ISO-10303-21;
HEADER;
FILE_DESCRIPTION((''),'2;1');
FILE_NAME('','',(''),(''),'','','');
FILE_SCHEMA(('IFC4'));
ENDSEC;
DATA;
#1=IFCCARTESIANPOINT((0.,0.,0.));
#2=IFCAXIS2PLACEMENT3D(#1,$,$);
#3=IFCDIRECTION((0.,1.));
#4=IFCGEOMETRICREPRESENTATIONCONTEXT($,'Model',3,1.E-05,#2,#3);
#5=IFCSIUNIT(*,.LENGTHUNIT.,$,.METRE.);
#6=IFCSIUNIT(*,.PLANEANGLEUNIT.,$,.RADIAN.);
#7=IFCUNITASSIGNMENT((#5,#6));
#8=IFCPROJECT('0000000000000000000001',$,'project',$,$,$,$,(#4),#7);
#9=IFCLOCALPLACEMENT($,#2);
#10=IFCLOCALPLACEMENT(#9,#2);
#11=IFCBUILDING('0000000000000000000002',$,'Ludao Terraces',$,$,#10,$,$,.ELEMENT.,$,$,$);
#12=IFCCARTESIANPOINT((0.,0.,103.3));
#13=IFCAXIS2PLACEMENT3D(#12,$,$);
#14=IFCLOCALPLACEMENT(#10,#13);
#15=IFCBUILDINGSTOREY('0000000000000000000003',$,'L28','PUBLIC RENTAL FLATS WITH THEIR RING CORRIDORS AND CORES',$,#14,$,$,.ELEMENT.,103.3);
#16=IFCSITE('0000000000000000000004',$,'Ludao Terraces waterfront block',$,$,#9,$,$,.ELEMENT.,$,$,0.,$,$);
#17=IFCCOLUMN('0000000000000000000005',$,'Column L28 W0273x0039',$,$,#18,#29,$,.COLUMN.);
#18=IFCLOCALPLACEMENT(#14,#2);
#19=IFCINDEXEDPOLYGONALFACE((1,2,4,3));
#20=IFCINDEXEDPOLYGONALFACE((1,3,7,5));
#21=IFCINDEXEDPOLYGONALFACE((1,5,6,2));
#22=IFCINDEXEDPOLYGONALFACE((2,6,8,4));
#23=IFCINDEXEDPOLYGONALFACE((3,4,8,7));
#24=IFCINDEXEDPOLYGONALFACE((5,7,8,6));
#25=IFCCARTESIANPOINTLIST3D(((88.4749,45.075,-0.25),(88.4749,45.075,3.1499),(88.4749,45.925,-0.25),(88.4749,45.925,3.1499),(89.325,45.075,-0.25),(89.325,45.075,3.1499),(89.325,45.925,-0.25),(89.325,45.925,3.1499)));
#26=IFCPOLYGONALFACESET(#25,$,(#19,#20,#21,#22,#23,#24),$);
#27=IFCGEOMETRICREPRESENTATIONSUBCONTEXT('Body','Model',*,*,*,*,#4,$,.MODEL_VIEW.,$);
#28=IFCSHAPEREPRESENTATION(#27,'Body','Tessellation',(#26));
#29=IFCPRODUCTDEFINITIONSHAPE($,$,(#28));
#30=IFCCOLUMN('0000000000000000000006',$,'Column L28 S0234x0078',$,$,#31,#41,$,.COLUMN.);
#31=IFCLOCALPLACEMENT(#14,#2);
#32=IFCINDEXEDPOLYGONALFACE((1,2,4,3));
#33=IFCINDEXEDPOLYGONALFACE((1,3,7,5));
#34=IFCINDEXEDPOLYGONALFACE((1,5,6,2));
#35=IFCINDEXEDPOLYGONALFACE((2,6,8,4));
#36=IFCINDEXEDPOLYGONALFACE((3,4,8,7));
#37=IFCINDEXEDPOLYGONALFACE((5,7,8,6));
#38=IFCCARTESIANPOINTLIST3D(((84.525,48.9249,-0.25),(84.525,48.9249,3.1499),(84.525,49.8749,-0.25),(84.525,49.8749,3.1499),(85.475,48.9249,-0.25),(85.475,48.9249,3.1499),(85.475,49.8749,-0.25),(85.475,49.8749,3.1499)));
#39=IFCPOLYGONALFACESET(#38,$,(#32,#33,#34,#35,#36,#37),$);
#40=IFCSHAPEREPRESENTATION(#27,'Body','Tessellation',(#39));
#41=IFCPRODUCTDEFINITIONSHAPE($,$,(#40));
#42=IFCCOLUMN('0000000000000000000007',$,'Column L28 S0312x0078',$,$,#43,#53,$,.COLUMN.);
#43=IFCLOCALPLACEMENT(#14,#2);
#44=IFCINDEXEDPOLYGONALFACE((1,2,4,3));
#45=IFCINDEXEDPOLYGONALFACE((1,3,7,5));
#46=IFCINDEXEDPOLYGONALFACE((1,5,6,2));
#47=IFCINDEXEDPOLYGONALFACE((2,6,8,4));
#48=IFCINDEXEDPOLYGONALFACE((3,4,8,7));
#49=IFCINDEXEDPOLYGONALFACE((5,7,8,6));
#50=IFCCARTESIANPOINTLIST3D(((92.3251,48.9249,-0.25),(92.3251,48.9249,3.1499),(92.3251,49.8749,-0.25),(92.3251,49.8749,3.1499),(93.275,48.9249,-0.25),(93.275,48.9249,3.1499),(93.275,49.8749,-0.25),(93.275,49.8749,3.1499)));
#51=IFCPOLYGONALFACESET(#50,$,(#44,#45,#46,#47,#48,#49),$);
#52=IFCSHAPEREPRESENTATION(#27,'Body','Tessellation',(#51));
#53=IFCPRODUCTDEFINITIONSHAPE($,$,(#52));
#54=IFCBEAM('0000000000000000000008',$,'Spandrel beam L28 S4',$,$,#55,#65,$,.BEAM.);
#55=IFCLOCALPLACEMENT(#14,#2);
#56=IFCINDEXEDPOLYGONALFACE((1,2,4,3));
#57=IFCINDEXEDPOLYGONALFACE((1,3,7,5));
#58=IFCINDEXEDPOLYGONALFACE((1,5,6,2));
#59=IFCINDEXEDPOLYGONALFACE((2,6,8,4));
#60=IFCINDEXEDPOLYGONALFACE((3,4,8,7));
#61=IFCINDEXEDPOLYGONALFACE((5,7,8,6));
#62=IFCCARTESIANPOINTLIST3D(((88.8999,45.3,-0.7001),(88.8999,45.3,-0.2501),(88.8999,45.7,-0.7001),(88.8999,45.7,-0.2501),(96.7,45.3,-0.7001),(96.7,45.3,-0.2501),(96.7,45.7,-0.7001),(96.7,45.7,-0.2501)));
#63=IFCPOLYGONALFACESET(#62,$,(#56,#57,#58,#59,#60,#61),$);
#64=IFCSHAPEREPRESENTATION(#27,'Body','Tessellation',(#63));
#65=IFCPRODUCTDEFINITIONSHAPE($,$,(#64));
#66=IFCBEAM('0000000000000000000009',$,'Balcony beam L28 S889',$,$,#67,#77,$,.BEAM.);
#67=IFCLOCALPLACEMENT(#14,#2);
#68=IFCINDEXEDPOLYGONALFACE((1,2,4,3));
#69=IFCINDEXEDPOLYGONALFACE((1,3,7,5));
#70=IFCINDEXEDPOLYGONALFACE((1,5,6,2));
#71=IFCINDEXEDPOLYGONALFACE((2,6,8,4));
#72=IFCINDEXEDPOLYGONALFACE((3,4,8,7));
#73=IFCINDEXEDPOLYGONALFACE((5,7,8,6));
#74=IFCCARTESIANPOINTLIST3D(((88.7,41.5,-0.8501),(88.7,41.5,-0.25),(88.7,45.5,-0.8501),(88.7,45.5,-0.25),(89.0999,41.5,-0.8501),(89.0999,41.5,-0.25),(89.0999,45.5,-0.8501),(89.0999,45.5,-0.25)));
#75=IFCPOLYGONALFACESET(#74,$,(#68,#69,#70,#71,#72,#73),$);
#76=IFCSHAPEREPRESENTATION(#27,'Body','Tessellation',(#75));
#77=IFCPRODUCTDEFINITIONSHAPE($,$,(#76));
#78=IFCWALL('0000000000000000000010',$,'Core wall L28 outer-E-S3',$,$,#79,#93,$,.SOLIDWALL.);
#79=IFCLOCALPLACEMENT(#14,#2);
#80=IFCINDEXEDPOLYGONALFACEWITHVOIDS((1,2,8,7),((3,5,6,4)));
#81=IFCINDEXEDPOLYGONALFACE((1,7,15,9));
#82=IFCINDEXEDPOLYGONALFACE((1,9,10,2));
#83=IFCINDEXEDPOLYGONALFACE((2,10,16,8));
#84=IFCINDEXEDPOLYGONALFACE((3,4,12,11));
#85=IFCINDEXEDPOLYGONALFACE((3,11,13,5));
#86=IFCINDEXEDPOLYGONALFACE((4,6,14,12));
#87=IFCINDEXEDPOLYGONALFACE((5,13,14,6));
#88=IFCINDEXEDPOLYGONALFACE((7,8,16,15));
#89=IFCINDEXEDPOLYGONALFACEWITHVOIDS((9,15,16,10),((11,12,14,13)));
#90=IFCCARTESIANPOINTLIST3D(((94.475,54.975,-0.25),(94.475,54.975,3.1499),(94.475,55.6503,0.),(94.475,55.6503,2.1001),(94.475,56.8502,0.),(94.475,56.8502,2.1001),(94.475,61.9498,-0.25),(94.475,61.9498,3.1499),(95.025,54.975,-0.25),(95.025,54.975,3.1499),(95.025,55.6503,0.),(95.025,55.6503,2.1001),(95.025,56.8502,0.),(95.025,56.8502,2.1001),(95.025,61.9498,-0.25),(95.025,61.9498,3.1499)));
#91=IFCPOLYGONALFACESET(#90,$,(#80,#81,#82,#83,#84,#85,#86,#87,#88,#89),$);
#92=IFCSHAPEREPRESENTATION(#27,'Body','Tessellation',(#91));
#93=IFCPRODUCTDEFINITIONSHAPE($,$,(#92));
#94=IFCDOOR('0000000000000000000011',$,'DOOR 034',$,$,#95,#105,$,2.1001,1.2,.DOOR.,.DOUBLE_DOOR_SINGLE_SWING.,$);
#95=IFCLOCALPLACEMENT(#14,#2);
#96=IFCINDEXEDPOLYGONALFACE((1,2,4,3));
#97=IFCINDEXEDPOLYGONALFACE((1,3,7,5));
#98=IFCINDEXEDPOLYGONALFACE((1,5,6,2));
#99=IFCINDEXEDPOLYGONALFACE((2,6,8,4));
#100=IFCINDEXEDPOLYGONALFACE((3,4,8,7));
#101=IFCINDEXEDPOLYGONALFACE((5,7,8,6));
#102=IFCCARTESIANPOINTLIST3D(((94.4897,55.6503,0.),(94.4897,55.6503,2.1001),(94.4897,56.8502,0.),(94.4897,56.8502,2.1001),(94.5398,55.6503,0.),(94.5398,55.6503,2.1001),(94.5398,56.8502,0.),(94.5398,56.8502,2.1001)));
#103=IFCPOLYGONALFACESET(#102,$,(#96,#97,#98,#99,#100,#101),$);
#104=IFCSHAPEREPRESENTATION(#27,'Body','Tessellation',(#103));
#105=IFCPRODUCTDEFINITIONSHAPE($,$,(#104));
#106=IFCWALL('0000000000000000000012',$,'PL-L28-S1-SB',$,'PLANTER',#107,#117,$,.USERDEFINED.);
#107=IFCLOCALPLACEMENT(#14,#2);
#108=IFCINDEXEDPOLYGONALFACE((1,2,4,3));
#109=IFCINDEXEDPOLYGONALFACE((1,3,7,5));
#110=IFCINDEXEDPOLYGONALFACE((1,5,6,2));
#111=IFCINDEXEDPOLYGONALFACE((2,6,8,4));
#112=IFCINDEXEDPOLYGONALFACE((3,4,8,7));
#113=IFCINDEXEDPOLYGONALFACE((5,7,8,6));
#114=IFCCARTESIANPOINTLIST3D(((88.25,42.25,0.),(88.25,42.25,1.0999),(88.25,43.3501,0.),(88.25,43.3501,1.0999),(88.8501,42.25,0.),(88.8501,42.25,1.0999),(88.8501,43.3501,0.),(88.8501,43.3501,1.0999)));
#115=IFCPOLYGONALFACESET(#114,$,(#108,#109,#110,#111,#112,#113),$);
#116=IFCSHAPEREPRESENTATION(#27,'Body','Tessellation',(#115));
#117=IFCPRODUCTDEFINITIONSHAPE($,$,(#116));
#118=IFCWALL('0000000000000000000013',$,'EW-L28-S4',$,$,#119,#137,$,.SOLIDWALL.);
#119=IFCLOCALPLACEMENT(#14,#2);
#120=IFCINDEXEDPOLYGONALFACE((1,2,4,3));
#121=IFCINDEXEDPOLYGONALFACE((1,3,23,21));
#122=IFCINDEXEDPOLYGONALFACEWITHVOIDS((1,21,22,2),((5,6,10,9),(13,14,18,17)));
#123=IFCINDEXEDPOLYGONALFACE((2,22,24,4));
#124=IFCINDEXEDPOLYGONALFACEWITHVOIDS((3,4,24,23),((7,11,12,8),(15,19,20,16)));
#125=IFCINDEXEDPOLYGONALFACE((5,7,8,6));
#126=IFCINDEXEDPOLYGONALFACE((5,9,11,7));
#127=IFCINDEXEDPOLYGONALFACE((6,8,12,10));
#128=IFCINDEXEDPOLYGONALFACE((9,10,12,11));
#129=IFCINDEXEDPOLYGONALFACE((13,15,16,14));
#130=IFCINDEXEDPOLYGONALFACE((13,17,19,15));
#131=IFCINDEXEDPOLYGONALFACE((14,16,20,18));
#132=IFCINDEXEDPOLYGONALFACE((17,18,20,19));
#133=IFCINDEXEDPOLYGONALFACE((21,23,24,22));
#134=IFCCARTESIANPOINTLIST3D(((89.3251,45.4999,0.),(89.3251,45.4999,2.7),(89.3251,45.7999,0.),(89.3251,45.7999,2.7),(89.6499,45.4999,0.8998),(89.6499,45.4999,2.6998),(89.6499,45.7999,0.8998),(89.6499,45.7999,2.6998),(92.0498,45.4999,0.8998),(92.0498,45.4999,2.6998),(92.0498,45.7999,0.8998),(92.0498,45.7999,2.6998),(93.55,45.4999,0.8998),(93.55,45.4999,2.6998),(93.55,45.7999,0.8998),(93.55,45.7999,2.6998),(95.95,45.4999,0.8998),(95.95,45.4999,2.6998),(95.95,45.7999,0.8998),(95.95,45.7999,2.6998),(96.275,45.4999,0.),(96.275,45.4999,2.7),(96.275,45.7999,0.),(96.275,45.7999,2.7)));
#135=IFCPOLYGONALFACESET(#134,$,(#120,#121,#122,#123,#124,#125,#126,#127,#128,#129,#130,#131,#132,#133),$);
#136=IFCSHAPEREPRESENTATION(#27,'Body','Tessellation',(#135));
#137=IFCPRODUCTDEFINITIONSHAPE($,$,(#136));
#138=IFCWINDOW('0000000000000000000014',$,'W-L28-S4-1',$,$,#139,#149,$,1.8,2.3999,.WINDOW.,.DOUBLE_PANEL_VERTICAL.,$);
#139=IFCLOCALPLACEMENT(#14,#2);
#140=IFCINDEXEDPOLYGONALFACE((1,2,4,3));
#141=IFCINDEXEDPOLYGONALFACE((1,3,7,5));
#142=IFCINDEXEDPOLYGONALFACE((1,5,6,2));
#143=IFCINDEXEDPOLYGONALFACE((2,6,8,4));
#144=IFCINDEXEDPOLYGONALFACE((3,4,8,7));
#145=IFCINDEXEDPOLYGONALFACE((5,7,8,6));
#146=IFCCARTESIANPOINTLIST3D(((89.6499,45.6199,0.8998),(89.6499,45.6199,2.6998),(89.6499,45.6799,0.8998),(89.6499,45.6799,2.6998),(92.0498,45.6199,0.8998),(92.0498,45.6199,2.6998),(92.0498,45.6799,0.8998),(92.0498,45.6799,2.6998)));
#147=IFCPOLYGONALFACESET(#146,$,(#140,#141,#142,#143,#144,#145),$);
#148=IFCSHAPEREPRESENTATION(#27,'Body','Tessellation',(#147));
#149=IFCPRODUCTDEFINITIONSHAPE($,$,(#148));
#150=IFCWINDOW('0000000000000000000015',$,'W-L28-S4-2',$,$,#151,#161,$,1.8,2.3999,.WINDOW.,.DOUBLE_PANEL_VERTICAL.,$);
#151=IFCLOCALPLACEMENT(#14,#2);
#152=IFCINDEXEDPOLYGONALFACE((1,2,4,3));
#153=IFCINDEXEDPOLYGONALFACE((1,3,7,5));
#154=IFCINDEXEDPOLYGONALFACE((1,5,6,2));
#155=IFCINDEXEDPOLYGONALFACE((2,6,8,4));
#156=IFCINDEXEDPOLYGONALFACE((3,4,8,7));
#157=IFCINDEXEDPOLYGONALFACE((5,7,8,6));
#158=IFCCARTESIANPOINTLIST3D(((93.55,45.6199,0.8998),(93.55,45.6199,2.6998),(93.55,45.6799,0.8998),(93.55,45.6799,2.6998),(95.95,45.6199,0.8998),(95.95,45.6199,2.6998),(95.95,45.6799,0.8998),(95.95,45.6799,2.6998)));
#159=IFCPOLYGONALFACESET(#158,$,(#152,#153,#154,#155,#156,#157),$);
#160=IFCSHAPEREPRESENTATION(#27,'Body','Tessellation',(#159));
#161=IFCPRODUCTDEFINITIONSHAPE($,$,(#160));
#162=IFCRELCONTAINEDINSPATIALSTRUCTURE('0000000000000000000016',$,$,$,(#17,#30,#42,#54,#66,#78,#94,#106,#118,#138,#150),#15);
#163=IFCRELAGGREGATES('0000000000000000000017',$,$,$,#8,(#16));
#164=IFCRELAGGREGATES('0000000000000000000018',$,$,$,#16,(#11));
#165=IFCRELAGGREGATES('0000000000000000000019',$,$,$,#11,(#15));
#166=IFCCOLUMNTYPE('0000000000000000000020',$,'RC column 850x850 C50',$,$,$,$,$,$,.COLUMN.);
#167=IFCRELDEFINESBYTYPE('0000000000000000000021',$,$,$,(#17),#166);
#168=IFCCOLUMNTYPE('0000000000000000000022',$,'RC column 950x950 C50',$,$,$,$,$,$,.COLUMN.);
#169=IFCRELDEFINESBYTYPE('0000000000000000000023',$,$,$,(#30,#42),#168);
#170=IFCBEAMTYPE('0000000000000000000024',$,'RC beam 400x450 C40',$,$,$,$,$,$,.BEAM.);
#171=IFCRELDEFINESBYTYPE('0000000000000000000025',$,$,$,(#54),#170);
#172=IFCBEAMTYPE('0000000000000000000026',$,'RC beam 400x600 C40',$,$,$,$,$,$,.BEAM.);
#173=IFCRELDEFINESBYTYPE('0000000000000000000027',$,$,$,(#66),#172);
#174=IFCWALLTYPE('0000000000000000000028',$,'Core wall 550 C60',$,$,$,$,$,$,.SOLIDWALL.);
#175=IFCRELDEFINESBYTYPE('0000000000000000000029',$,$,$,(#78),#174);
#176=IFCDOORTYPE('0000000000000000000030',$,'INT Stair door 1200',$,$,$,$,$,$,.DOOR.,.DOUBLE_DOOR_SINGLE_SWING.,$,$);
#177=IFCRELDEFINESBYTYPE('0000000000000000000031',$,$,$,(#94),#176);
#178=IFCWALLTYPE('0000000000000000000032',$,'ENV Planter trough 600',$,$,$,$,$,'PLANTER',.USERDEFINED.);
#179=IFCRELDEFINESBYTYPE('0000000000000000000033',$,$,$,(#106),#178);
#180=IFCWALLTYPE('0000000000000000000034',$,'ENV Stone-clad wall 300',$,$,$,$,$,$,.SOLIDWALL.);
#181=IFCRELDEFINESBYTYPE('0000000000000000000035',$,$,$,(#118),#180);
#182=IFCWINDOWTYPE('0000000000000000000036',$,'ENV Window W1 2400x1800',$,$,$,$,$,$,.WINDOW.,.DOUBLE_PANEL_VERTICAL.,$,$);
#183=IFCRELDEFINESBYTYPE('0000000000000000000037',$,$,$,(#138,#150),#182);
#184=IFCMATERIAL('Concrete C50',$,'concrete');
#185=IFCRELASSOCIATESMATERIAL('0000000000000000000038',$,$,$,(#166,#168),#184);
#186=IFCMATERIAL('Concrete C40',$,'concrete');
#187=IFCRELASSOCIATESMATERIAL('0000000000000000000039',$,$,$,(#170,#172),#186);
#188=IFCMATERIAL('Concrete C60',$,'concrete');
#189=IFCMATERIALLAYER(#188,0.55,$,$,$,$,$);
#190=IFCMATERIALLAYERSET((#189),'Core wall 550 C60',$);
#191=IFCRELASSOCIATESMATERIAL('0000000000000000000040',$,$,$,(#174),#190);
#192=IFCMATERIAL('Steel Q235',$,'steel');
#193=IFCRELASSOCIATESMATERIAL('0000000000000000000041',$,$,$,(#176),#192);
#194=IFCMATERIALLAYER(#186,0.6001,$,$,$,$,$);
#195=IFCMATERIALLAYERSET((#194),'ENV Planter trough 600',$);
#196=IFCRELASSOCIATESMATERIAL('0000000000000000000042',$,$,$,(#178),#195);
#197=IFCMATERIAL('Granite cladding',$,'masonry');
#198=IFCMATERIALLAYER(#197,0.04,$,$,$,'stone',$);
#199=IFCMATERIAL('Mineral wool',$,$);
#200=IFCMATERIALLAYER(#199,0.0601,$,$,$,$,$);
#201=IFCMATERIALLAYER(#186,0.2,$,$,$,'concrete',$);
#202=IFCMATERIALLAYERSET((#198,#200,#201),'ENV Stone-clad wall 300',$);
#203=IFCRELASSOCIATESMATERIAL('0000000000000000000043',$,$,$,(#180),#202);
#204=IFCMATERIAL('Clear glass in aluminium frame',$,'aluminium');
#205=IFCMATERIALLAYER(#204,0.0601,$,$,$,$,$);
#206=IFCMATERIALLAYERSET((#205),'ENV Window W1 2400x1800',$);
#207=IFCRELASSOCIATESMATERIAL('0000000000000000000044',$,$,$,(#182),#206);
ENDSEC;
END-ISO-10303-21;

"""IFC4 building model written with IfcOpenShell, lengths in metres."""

from ifc_helpers import new_model, si_unit, direction, frame, frame_2d, origin, origin_2d, place, context, subcontext, project, spatial, rectangle, extrude, material, layer, layer_set, material_profile, profile_set, type_object, element, fill, save


model = new_model("IFC4")

# Units and contexts
model_context = context("Model", 3, precision=1e-05, world=origin(), true_north=direction((0.0, 1.0)))
body_context = subcontext(model_context, "Body", "Model", "MODEL_VIEW")
ifc_project = project(units=[si_unit("LENGTHUNIT", "METRE"), si_unit("PLANEANGLEUNIT", "RADIAN")], contexts=[model_context])

# Site, building, storey
site_placement = place(None, origin())
site = spatial("IfcSite", under=ifc_project, at=site_placement, Name="Ludao Terraces waterfront block", CompositionType="ELEMENT", RefElevation=0.0)
building_placement = place(site_placement, origin())
building = spatial("IfcBuilding", under=site, at=building_placement, Name="Ludao Terraces", CompositionType="ELEMENT")
storey_placement = place(building_placement, frame((0.0, 0.0, 103.3)))
storey = spatial("IfcBuildingStorey", under=building, at=storey_placement, Name="L28", Description="PUBLIC RENTAL FLATS WITH THEIR RING CORRIDORS AND CORES", CompositionType="ELEMENT", Elevation=103.3)

# Columns
ifc_material_1 = material(Name="Concrete C50", Category="concrete")
ifc_material_profile_1 = material_profile(ifc_material_1, rectangle(XDim=0.8501, YDim=0.8501, at=origin_2d()), Name="850 X 850")
ifc_profile_set_1 = profile_set([ifc_material_profile_1], Name="Concrete C50")
column_type_1 = type_object("IfcColumnType", Name="RC column 850x850 C50", PredefinedType="COLUMN", material=ifc_profile_set_1)
column_placement = place(storey_placement, frame((88.8999, 45.5, -0.25), z_axis=(0.0, 0.0, 1.0), x_axis=(1.0, 0.0, 0.0)))
element("IfcColumn", 1, at=column_placement, inside=storey, type_object=column_type_1, Name="Column L28 W0273x0039", PredefinedType="COLUMN", context=body_context, shape_type="SweptSolid", body=[
    extrude(rectangle(XDim=0.8501, YDim=0.8501, at=origin_2d()), origin(), (0.0, 0.0, 1.0), 3.3999),
])
ifc_material_profile_2 = material_profile(ifc_material_1, rectangle(XDim=0.95, YDim=0.95, at=origin_2d()), Name="950 X 950")
ifc_profile_set_2 = profile_set([ifc_material_profile_2], Name="Concrete C50")
column_type_2 = type_object("IfcColumnType", Name="RC column 950x950 C50", PredefinedType="COLUMN", material=ifc_profile_set_2)
for number, where, z_axis, x_axis, name in (
    (2, (85.0, 49.3999, -0.25), (0.0, 0.0, 1.0), (1.0, 0.0, 0.0), "Column L28 S0234x0078"),
    (3, (92.8, 49.3999, -0.25), (0.0, 0.0, 1.0), (1.0, 0.0, 0.0), "Column L28 S0312x0078"),
):
    element("IfcColumn", number, at=place(storey_placement, frame(where, z_axis=z_axis, x_axis=x_axis)), inside=storey, type_object=column_type_2, Name=name, PredefinedType="COLUMN", context=body_context, shape_type="SweptSolid", body=[
        extrude(rectangle(XDim=0.95, YDim=0.95, at=origin_2d()), origin(), (0.0, 0.0, 1.0), 3.3999),
    ])

# Beams
ifc_material_2 = material(Name="Concrete C40", Category="concrete")
ifc_material_profile_3 = material_profile(ifc_material_2, rectangle(XDim=0.3999, YDim=0.45, at=origin_2d()), Name="400 X 450")
ifc_profile_set_3 = profile_set([ifc_material_profile_3], Name="Concrete C40")
beam_type_1 = type_object("IfcBeamType", Name="RC beam 400x450 C40", PredefinedType="BEAM", material=ifc_profile_set_3)
beam_1_placement = place(storey_placement, frame((88.8999, 45.5, -0.4751), z_axis=(1.0, 0.0, 0.0), x_axis=(0.0, 1.0, 0.0)))
element("IfcBeam", 4, at=beam_1_placement, inside=storey, type_object=beam_type_1, Name="Spandrel beam L28 S4", PredefinedType="BEAM", context=body_context, shape_type="SweptSolid", body=[
    extrude(rectangle(XDim=0.3999, YDim=0.45, at=origin_2d()), origin(), (0.0, 0.0, 1.0), 7.8),
])
ifc_material_profile_4 = material_profile(ifc_material_2, rectangle(XDim=0.3999, YDim=0.6001, at=origin_2d()), Name="400 X 600")
ifc_profile_set_4 = profile_set([ifc_material_profile_4], Name="Concrete C40")
beam_type_2 = type_object("IfcBeamType", Name="RC beam 400x600 C40", PredefinedType="BEAM", material=ifc_profile_set_4)
beam_2_placement = place(storey_placement, frame((88.8999, 45.5, -0.55), z_axis=(0.0, -1.0, 0.0), x_axis=(1.0, 0.0, 0.0)))
element("IfcBeam", 5, at=beam_2_placement, inside=storey, type_object=beam_type_2, Name="Balcony beam L28 S889", PredefinedType="BEAM", context=body_context, shape_type="SweptSolid", body=[
    extrude(rectangle(XDim=0.3999, YDim=0.6001, at=origin_2d()), origin(), (0.0, 0.0, 1.0), 4.0),
])

# Wall, opening, door
ifc_material_3 = material(Name="Concrete C60", Category="concrete")
ifc_layer_1 = layer(ifc_material_3, 0.55)
ifc_layer_set_1 = layer_set([ifc_layer_1], Name="Core wall 550 C60")
wall_type_1 = type_object("IfcWallType", Name="Core wall 550 C60", PredefinedType="SOLIDWALL", material=ifc_layer_set_1)
wall_1_placement = place(storey_placement, frame((94.75, 54.9751, -0.25), z_axis=(0.0, 0.0, 1.0), x_axis=(0.0, 1.0, 0.0)))
wall_1 = element("IfcWall", 6, at=wall_1_placement, inside=storey, type_object=wall_type_1, Name="Core wall L28 outer-E-S3", PredefinedType="SOLIDWALL", context=body_context, shape_type="SweptSolid", body=[
    extrude(rectangle(XDim=6.9749, YDim=0.55, at=frame_2d((3.4873, 0.0))), origin(), (0.0, 0.0, 1.0), 3.3999),
])
opening_1_placement = place(wall_1_placement, frame((0.675, 0.0, 0.25)))
opening_1 = element("IfcOpeningElement", 7, at=opening_1_placement, cuts=wall_1, PredefinedType="OPENING", context=body_context, shape_type="SweptSolid", body=[
    extrude(rectangle(XDim=1.2, YDim=2.1001, at=frame_2d((0.6001, 1.05))), frame((0.0, 0.2852, 0.0), z_axis=(0.0, -1.0, 0.0), x_axis=(1.0, 0.0, 0.0)), (0.0, 0.0, 1.0), 0.5701),
])
ifc_material_4 = material(Name="Steel Q235", Category="steel")
door_type_1 = type_object("IfcDoorType", Name="INT Stair door 1200", OperationType="DOUBLE_DOOR_SINGLE_SWING", PredefinedType="DOOR", material=ifc_material_4)
door_1_placement = place(opening_1_placement, origin())
door_1 = element("IfcDoor", 8, at=door_1_placement, inside=storey, type_object=door_type_1, Name="DOOR 034", OperationType="DOUBLE_DOOR_SINGLE_SWING", OverallHeight=2.1001, OverallWidth=1.2, PredefinedType="DOOR", context=body_context, shape_type="SweptSolid", body=[
    extrude(rectangle(XDim=1.2, YDim=2.1001, at=frame_2d((0.6001, 1.05))), frame((0.0, 0.2603, 0.0), z_axis=(0.0, -1.0, 0.0), x_axis=(1.0, 0.0, 0.0)), (0.0, 0.0, 1.0), 0.05),
])
fill(opening_1, door_1)

# Wall
ifc_layer_2 = layer(ifc_material_2, 0.6001)
ifc_layer_set_2 = layer_set([ifc_layer_2], Name="ENV Planter trough 600")
wall_type_2 = type_object("IfcWallType", Name="ENV Planter trough 600", ElementType="PLANTER", PredefinedType="USERDEFINED", material=ifc_layer_set_2)
wall_2_placement = place(storey_placement, frame((88.55, 42.25, 0.0), z_axis=(0.0, 0.0, 1.0), x_axis=(0.0, 1.0, 0.0)))
element("IfcWall", 9, at=wall_2_placement, inside=storey, type_object=wall_type_2, Name="PL-L28-S1-SB", ObjectType="PLANTER", PredefinedType="USERDEFINED", context=body_context, shape_type="SweptSolid", body=[
    extrude(rectangle(XDim=1.1001, YDim=0.6001, at=frame_2d((0.55, 0.0))), origin(), (0.0, 0.0, 1.0), 1.0999),
])

# Wall, openings, windows
ifc_material_5 = material(Name="Granite cladding", Category="masonry")
ifc_layer_3 = layer(ifc_material_5, 0.04, Category="stone")
ifc_material_6 = material(Name="Mineral wool")
ifc_layer_4 = layer(ifc_material_6, 0.0601)
ifc_layer_5 = layer(ifc_material_2, 0.2, Category="concrete")
ifc_layer_set_3 = layer_set([ifc_layer_3, ifc_layer_4, ifc_layer_5], Name="ENV Stone-clad wall 300")
wall_type_3 = type_object("IfcWallType", Name="ENV Stone-clad wall 300", PredefinedType="SOLIDWALL", material=ifc_layer_set_3)
wall_3_placement = place(storey_placement, frame((89.325, 45.6499, 0.0), z_axis=(0.0, 0.0, 1.0), x_axis=(1.0, 0.0, 0.0)))
wall_3 = element("IfcWall", 10, at=wall_3_placement, inside=storey, type_object=wall_type_3, Name="EW-L28-S4", PredefinedType="SOLIDWALL", context=body_context, shape_type="SweptSolid", body=[
    extrude(rectangle(XDim=6.95, YDim=0.3, at=frame_2d((3.4751, 0.0))), origin(), (0.0, 0.0, 1.0), 2.7),
])
opening_2_placement = place(wall_3_placement, frame((0.325, 0.0, 0.8999)))
opening_2 = element("IfcOpeningElement", 11, at=opening_2_placement, cuts=wall_3, PredefinedType="OPENING", context=body_context, shape_type="SweptSolid", body=[
    extrude(rectangle(XDim=2.3999, YDim=1.8, at=frame_2d((1.2, 0.8999))), frame((0.0, 0.1602, 0.0), z_axis=(0.0, -1.0, 0.0), x_axis=(1.0, 0.0, 0.0)), (0.0, 0.0, 1.0), 0.3201),
])
opening_3_placement = place(wall_3_placement, frame((4.2251, 0.0, 0.8999)))
opening_3 = element("IfcOpeningElement", 12, at=opening_3_placement, cuts=wall_3, PredefinedType="OPENING", context=body_context, shape_type="SweptSolid", body=[
    extrude(rectangle(XDim=2.3999, YDim=1.8, at=frame_2d((1.2, 0.8999))), frame((0.0, 0.1602, 0.0), z_axis=(0.0, -1.0, 0.0), x_axis=(1.0, 0.0, 0.0)), (0.0, 0.0, 1.0), 0.3201),
])
ifc_material_7 = material(Name="Clear glass in aluminium frame", Category="aluminium")
ifc_layer_6 = layer(ifc_material_7, 0.0601)
ifc_layer_set_4 = layer_set([ifc_layer_6], Name="ENV Window W1 2400x1800")
window_type = type_object("IfcWindowType", Name="ENV Window W1 2400x1800", PartitioningType="DOUBLE_PANEL_VERTICAL", PredefinedType="WINDOW", material=ifc_layer_set_4)
window_1_placement = place(opening_2_placement, origin())
window_1 = element("IfcWindow", 13, at=window_1_placement, inside=storey, type_object=window_type, Name="W-L28-S4-1", OverallHeight=1.8, OverallWidth=2.3999, PartitioningType="DOUBLE_PANEL_VERTICAL", PredefinedType="WINDOW", context=body_context, shape_type="SweptSolid", body=[
    extrude(rectangle(XDim=2.3999, YDim=1.8, at=frame_2d((1.2, 0.8999))), frame((0.0, 0.03, 0.0), z_axis=(0.0, -1.0, 0.0), x_axis=(1.0, 0.0, 0.0)), (0.0, 0.0, 1.0), 0.0601),
])
fill(opening_2, window_1)
window_2_placement = place(opening_3_placement, origin())
window_2 = element("IfcWindow", 14, at=window_2_placement, inside=storey, type_object=window_type, Name="W-L28-S4-2", OverallHeight=1.8, OverallWidth=2.3999, PartitioningType="DOUBLE_PANEL_VERTICAL", PredefinedType="WINDOW", context=body_context, shape_type="SweptSolid", body=[
    extrude(rectangle(XDim=2.3999, YDim=1.8, at=frame_2d((1.2, 0.8999))), frame((0.0, 0.03, 0.0), z_axis=(0.0, -1.0, 0.0), x_axis=(1.0, 0.0, 0.0)), (0.0, 0.0, 1.0), 0.0601),
])
fill(opening_3, window_2)

save(model, "model.ifc")
